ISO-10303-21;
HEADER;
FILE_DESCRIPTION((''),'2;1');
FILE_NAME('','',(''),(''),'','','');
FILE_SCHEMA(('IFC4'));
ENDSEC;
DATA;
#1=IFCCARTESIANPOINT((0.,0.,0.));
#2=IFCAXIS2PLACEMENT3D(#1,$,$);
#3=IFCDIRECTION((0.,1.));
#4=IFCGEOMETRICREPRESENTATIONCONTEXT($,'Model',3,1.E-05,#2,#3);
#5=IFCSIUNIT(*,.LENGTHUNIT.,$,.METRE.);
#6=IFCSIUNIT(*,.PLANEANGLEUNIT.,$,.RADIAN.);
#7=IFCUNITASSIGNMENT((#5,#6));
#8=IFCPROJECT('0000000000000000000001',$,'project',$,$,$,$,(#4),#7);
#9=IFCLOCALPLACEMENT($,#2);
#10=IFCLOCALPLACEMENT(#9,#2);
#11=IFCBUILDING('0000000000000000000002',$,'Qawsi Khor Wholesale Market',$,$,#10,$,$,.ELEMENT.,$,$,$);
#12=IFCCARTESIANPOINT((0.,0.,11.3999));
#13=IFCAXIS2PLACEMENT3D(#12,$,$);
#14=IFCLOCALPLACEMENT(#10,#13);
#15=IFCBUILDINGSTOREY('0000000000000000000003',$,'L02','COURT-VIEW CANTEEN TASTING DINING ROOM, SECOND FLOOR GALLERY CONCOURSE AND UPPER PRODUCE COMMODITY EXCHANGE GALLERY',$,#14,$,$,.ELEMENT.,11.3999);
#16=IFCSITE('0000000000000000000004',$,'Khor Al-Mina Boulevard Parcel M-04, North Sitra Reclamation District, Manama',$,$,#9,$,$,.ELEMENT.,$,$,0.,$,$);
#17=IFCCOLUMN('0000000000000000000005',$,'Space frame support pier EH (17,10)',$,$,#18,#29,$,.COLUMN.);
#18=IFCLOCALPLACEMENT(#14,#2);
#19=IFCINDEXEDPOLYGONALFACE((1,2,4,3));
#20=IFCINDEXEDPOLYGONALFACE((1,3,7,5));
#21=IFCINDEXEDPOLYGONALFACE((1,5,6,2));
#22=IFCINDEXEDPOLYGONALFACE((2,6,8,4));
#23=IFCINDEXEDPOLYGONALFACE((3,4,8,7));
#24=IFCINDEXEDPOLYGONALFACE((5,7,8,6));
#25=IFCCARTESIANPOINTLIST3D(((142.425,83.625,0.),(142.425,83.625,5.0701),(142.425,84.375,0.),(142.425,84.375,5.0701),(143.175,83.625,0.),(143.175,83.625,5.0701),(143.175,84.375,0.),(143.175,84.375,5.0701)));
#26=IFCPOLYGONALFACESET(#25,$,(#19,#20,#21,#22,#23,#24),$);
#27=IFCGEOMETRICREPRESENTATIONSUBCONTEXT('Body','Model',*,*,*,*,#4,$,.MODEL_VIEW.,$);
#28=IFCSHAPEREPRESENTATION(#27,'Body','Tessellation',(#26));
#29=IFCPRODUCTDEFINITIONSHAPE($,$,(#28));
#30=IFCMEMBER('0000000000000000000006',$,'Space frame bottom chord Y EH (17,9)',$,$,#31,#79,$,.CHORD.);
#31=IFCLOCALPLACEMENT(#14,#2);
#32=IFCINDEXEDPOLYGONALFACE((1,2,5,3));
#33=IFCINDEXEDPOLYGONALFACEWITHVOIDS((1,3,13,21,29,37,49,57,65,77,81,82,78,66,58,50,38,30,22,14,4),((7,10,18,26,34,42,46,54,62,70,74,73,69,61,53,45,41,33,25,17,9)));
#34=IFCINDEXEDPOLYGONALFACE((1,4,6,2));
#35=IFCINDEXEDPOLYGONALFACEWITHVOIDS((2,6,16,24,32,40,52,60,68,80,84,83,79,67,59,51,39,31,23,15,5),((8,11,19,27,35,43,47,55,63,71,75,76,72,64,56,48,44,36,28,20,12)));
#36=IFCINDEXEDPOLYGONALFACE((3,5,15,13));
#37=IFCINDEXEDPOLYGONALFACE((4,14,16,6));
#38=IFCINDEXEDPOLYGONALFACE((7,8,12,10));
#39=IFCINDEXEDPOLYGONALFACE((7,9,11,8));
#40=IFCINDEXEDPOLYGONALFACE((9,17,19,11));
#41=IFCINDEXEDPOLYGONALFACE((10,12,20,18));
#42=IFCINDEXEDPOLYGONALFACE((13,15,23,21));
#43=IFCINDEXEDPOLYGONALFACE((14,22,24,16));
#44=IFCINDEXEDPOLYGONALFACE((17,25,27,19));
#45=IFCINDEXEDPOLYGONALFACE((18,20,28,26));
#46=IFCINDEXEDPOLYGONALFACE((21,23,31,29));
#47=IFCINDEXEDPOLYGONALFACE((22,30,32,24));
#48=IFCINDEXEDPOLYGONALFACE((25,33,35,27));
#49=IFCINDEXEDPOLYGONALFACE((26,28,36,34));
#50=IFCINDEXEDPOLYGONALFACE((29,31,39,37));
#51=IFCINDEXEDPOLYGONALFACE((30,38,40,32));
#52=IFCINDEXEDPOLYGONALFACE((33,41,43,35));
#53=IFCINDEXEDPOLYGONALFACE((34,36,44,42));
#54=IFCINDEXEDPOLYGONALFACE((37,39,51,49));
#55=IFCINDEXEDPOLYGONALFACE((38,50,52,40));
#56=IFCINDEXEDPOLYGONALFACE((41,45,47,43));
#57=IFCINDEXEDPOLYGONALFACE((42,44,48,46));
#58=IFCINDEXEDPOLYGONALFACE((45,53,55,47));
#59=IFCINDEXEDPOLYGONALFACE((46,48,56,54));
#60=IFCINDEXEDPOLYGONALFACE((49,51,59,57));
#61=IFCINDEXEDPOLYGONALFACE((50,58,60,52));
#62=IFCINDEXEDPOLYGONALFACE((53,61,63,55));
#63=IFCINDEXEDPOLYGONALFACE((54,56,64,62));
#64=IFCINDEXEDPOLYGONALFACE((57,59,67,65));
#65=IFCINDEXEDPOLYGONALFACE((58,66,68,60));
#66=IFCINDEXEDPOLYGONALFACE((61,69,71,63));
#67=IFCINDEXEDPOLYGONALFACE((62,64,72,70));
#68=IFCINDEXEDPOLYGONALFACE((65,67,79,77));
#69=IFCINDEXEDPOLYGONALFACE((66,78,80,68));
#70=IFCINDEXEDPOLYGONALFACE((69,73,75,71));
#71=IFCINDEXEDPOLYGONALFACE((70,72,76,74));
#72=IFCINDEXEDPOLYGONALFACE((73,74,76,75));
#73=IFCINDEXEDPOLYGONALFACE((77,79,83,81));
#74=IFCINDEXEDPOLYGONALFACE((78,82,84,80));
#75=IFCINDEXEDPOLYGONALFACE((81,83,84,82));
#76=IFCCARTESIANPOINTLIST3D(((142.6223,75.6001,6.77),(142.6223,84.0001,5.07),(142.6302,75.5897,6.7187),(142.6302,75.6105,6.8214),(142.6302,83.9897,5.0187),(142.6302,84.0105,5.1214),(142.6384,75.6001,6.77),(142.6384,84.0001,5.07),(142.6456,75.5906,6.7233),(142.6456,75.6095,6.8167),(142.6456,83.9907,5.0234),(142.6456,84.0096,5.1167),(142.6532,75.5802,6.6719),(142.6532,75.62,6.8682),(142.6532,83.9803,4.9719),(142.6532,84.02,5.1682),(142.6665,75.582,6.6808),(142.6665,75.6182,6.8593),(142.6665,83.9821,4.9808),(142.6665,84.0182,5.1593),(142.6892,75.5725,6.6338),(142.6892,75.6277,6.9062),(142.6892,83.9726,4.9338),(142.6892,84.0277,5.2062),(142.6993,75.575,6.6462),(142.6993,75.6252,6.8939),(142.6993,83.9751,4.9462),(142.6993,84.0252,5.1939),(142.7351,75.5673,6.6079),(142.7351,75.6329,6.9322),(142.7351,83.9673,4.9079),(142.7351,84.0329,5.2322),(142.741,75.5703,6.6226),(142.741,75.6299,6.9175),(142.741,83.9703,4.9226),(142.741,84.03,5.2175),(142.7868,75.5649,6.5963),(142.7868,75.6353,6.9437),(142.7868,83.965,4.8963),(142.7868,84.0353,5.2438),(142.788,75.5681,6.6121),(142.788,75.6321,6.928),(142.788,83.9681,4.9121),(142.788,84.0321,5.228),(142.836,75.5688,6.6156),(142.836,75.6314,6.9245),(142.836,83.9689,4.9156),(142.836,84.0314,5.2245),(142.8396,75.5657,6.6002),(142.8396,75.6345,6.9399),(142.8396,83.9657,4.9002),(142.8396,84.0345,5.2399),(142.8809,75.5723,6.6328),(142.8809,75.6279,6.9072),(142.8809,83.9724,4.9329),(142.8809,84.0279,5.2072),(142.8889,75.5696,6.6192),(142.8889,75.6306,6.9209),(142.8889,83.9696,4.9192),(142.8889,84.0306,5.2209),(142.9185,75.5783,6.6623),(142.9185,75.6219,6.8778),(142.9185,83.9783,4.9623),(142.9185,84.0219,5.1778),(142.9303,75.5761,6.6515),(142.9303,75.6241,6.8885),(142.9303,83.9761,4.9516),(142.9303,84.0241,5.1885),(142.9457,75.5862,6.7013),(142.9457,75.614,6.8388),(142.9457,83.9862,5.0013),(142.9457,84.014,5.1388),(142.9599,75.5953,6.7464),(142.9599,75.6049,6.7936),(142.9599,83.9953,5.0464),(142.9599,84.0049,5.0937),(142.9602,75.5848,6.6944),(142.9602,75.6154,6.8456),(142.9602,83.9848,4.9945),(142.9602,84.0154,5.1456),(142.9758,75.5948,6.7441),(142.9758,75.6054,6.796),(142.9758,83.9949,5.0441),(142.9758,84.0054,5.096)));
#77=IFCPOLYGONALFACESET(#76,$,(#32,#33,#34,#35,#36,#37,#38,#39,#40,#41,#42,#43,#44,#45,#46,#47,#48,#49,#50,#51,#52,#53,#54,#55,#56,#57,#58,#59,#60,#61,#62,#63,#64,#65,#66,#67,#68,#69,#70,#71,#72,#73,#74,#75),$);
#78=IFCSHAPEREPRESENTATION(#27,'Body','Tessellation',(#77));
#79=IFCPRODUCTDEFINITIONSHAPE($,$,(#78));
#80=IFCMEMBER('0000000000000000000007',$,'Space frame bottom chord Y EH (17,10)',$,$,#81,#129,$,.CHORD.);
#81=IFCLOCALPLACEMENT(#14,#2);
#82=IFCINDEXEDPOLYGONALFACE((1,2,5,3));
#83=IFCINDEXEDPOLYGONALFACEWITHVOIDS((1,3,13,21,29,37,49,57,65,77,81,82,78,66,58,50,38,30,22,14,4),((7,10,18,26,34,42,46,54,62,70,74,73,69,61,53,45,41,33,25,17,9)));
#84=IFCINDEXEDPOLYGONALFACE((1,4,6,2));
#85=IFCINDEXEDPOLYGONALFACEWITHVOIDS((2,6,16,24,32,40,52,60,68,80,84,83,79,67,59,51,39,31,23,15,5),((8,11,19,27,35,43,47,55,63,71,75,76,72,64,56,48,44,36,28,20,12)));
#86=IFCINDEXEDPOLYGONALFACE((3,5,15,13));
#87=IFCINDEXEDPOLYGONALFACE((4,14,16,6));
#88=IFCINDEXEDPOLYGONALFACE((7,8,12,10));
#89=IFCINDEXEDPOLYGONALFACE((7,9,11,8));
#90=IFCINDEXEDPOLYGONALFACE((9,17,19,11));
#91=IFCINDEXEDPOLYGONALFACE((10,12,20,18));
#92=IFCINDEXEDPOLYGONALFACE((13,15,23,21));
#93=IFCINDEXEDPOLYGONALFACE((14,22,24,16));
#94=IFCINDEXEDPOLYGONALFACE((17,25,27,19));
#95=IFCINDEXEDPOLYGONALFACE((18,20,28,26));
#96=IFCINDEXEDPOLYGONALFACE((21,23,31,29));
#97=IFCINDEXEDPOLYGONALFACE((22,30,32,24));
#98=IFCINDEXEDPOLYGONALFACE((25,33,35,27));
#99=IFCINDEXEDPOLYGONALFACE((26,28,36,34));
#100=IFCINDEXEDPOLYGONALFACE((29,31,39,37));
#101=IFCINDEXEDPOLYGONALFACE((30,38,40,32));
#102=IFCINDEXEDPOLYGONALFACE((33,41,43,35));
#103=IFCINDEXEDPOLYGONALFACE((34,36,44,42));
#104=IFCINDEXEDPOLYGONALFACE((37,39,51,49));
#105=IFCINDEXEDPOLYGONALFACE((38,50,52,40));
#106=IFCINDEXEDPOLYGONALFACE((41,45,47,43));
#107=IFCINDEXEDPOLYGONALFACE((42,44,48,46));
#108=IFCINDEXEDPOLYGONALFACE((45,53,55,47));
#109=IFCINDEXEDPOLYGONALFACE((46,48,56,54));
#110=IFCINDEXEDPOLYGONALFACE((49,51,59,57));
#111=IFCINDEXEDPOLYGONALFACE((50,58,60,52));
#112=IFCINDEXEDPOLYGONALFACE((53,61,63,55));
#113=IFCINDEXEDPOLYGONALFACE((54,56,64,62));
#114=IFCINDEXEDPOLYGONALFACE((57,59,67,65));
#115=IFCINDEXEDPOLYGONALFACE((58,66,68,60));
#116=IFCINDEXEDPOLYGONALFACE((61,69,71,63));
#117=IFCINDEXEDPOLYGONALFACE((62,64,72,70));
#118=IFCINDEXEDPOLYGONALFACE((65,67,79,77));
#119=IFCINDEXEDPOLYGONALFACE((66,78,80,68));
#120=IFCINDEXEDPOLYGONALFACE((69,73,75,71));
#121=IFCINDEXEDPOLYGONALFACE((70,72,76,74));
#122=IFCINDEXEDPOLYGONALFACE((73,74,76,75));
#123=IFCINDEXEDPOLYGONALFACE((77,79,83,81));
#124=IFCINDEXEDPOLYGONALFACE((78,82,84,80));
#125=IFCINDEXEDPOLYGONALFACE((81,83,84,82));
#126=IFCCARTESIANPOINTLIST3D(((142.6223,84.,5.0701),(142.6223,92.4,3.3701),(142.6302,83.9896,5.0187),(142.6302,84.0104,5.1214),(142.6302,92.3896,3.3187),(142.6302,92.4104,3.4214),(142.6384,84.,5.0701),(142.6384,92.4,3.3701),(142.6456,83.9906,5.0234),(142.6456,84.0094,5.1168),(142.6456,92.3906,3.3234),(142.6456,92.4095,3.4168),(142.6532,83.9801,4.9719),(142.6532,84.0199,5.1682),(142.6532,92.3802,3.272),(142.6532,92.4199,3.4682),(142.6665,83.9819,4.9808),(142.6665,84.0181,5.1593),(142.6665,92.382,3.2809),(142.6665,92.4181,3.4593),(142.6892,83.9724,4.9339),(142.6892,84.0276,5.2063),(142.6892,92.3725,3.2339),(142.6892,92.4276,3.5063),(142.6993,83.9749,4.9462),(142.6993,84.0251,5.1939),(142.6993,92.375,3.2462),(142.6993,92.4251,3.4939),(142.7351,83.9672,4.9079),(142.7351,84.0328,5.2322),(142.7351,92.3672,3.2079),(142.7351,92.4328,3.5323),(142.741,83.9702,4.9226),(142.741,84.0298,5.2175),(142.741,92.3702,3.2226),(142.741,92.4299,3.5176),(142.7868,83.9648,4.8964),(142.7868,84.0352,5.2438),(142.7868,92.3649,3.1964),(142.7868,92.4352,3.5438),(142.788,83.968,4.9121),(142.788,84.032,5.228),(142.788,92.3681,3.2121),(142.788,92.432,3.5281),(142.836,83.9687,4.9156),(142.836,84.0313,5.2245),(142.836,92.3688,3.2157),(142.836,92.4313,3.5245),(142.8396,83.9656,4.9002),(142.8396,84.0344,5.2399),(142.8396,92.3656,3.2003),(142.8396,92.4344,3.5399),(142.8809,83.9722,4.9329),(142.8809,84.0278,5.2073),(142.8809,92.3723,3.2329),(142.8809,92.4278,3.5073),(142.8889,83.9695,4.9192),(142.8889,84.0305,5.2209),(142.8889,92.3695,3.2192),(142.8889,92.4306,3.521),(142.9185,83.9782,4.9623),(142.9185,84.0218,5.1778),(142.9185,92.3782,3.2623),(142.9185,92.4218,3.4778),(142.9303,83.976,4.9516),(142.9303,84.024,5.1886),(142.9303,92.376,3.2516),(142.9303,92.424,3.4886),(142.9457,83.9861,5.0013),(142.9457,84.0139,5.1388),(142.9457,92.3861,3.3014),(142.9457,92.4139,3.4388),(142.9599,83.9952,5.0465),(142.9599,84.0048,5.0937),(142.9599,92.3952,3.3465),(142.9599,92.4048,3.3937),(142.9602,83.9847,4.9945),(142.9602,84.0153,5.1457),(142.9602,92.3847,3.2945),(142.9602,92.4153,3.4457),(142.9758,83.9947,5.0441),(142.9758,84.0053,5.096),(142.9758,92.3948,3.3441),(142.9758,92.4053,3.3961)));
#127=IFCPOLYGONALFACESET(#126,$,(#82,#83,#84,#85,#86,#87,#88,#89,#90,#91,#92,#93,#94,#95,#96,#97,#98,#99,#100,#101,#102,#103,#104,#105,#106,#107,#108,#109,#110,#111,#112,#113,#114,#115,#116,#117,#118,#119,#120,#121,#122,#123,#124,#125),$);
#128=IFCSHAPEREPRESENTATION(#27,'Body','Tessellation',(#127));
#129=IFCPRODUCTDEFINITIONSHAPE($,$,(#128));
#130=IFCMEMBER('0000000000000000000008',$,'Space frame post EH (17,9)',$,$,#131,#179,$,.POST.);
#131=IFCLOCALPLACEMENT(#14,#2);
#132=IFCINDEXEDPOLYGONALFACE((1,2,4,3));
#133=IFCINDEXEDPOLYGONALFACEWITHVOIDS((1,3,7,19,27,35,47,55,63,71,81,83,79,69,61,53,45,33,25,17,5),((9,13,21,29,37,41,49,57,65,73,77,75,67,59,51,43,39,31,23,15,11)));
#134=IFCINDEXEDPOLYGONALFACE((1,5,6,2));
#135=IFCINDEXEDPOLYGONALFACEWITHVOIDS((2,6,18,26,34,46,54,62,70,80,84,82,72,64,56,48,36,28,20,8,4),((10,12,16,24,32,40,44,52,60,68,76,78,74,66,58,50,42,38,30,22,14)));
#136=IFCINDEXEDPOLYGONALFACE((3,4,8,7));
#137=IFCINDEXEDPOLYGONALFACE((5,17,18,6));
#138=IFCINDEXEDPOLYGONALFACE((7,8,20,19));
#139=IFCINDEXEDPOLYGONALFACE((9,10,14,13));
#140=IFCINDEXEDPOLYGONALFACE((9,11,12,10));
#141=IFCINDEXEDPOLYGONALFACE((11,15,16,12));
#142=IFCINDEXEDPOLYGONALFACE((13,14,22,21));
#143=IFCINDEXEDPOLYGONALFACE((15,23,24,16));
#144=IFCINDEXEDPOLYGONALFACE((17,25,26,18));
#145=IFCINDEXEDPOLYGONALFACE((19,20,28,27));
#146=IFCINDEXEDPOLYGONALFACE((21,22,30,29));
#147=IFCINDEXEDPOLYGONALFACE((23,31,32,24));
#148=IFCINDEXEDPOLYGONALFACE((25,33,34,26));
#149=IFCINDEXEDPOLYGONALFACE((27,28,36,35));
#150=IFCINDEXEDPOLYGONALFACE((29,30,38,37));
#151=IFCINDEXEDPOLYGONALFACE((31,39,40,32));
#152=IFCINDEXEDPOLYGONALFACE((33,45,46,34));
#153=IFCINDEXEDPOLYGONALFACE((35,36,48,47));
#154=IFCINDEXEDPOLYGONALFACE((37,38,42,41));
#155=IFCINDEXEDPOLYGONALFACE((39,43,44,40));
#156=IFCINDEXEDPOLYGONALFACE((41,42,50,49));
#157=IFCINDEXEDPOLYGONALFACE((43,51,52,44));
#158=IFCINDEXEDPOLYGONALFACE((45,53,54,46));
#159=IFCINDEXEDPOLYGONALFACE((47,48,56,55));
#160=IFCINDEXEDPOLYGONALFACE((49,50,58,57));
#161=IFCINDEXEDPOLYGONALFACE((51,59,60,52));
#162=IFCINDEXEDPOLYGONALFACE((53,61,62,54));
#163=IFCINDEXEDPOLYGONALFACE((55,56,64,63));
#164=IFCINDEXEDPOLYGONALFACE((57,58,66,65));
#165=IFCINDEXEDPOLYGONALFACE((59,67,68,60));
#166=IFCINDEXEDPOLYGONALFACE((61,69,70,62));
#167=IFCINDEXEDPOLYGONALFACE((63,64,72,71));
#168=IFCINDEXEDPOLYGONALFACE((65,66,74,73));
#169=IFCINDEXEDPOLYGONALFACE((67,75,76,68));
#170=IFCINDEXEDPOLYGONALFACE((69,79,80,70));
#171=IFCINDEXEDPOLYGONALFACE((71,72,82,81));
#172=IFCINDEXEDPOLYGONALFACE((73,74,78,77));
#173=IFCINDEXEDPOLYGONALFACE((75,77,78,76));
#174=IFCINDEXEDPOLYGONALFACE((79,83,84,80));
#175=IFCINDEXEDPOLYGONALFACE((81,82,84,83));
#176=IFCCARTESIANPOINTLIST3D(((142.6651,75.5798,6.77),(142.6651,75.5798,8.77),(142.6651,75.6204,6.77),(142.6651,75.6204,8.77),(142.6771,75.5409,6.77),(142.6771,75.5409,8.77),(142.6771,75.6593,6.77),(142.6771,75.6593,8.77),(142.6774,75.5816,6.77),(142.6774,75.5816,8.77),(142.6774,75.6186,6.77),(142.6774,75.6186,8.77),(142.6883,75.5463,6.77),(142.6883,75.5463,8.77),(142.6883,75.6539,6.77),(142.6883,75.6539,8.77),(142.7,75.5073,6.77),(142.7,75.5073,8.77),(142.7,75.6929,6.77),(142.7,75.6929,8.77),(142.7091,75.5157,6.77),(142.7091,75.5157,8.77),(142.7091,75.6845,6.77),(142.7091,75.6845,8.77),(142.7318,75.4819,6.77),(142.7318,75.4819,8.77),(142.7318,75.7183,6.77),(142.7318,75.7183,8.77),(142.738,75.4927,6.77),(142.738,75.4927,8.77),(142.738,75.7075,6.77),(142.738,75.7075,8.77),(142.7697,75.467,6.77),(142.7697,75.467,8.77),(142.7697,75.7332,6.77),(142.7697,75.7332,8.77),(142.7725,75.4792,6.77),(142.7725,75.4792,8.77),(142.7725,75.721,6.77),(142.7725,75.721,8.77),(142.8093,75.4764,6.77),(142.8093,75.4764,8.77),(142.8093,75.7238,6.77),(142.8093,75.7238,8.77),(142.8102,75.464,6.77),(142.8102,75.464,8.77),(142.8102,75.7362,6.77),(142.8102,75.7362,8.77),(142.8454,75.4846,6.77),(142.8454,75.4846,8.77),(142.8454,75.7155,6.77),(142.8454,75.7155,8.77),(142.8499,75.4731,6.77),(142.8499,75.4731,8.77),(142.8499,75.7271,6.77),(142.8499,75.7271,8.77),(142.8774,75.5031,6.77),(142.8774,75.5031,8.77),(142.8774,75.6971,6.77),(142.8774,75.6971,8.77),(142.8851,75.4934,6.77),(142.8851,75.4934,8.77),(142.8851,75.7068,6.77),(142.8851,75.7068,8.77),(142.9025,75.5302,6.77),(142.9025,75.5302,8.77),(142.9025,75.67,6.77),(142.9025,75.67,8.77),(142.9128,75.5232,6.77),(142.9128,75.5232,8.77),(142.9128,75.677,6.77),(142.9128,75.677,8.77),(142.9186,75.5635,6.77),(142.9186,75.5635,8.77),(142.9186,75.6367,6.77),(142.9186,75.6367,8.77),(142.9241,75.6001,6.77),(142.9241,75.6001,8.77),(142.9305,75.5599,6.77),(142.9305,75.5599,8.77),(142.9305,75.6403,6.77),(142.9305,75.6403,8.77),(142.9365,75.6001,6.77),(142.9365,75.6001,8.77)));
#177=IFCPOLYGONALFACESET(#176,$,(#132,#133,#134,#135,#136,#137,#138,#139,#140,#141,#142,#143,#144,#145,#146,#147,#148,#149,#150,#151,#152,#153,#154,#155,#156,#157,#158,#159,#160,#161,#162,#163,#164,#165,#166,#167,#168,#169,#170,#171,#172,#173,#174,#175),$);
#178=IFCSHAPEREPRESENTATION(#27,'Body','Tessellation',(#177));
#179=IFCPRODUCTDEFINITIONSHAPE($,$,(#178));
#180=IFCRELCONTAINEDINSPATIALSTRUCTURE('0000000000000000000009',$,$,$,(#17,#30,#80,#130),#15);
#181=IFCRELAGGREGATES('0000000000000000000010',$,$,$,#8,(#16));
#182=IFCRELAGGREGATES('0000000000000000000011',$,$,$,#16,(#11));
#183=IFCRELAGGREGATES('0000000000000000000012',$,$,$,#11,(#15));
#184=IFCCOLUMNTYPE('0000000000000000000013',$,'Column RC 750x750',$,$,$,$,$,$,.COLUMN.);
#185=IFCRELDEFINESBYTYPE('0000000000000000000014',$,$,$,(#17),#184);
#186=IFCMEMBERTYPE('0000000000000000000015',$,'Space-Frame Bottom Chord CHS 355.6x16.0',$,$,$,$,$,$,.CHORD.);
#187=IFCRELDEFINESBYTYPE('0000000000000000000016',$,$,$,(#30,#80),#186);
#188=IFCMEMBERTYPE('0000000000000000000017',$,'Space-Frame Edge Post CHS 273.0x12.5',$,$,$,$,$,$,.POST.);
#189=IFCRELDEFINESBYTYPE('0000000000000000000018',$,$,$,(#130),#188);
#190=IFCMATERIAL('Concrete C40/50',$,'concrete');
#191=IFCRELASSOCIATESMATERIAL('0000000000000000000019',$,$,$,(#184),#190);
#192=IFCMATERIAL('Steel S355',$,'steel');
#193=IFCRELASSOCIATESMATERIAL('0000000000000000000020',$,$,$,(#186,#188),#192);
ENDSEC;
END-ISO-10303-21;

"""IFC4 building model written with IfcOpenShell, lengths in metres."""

from ifc_helpers import new_model, si_unit, direction, frame, origin, origin_2d, place, context, subcontext, project, spatial, rectangle, hollow_circle, extrude, material, material_profile, profile_set, type_object, element, save


model = new_model("IFC4")

# Units and contexts
model_context = context("Model", 3, precision=1e-05, world=origin(), true_north=direction((0.0, 1.0)))
body_context = subcontext(model_context, "Body", "Model", "MODEL_VIEW")
ifc_project = project(units=[si_unit("LENGTHUNIT", "METRE"), si_unit("PLANEANGLEUNIT", "RADIAN")], contexts=[model_context])

# Site, building, storey
site_placement = place(None, origin())
site = spatial("IfcSite", under=ifc_project, at=site_placement, Name="Khor Al-Mina Boulevard Parcel M-04, North Sitra Reclamation District, Manama", CompositionType="ELEMENT", RefElevation=0.0)
building_placement = place(site_placement, origin())
building = spatial("IfcBuilding", under=site, at=building_placement, Name="Qawsi Khor Wholesale Market", CompositionType="ELEMENT")
storey_placement = place(building_placement, frame((0.0, 0.0, 11.3999)))
storey = spatial("IfcBuildingStorey", under=building, at=storey_placement, Name="L02", Description="COURT-VIEW CANTEEN TASTING DINING ROOM, SECOND FLOOR GALLERY CONCOURSE AND UPPER PRODUCE COMMODITY EXCHANGE GALLERY", CompositionType="ELEMENT", Elevation=11.3999)

# Column
ifc_material_1 = material(Name="Concrete C40/50", Category="concrete")
ifc_material_profile_1 = material_profile(ifc_material_1, rectangle(XDim=0.75, YDim=0.75, at=origin_2d()), Name="RC 750x750")
ifc_profile_set_1 = profile_set([ifc_material_profile_1], Name="Concrete C40/50")
column_type = type_object("IfcColumnType", Name="Column RC 750x750", PredefinedType="COLUMN", material=ifc_profile_set_1)
column_placement = place(storey_placement, frame((142.8, 84.0, 0.0), z_axis=(0.0, 0.0, 1.0), x_axis=(1.0, 0.0, 0.0)))
element("IfcColumn", 1, at=column_placement, inside=storey, type_object=column_type, Name="Space frame support pier EH (17,10)", PredefinedType="COLUMN", context=body_context, shape_type="SweptSolid", body=[
    extrude(rectangle(XDim=0.75, YDim=0.75, at=origin_2d()), origin(), (0.0, 0.0, 1.0), 5.0701),
])

# Members
ifc_material_2 = material(Name="Steel S355", Category="steel")
ifc_material_profile_2 = material_profile(ifc_material_2, hollow_circle(Radius=0.1777, WallThickness=0.0161, at=origin_2d()), Name="CHS 355.6x16.0")
ifc_profile_set_2 = profile_set([ifc_material_profile_2], Name="Steel S355")
member_type_1 = type_object("IfcMemberType", Name="Space-Frame Bottom Chord CHS 355.6x16.0", PredefinedType="CHORD", material=ifc_profile_set_2)
for number, where, z_axis, x_axis, name in (
    (2, (142.8, 75.6001, 6.77), (0.0, 0.98013, -0.198356), (-1.0, 0.0, 0.0), "Space frame bottom chord Y EH (17,9)"),
    (3, (142.8, 84.0, 5.0701), (0.0, 0.98013, -0.198356), (-1.0, 0.0, 0.0), "Space frame bottom chord Y EH (17,10)"),
):
    element("IfcMember", number, at=place(storey_placement, frame(where, z_axis=z_axis, x_axis=x_axis)), inside=storey, type_object=member_type_1, Name=name, PredefinedType="CHORD", context=body_context, shape_type="SweptSolid", body=[
        extrude(hollow_circle(Radius=0.1777, WallThickness=0.0161, at=origin_2d()), origin(), (0.0, 0.0, 1.0), 8.5703),
    ])
ifc_material_profile_3 = material_profile(ifc_material_2, hollow_circle(Radius=0.1365, WallThickness=0.0125, at=origin_2d()), Name="CHS 273.0x12.5")
ifc_profile_set_3 = profile_set([ifc_material_profile_3], Name="Steel S355")
member_type_2 = type_object("IfcMemberType", Name="Space-Frame Edge Post CHS 273.0x12.5", PredefinedType="POST", material=ifc_profile_set_3)
for number, where, z_axis, x_axis, name in (
    (4, (142.8, 75.6001, 6.77), (0.0, 0.0, 1.0), (1.0, 0.0, 0.0), "Space frame post EH (17,9)"),
):
    element("IfcMember", number, at=place(storey_placement, frame(where, z_axis=z_axis, x_axis=x_axis)), inside=storey, type_object=member_type_2, Name=name, PredefinedType="POST", context=body_context, shape_type="SweptSolid", body=[
        extrude(hollow_circle(Radius=0.1365, WallThickness=0.0125, at=origin_2d()), origin(), (0.0, 0.0, 1.0), 2.0),
    ])

save(model, "model.ifc")
